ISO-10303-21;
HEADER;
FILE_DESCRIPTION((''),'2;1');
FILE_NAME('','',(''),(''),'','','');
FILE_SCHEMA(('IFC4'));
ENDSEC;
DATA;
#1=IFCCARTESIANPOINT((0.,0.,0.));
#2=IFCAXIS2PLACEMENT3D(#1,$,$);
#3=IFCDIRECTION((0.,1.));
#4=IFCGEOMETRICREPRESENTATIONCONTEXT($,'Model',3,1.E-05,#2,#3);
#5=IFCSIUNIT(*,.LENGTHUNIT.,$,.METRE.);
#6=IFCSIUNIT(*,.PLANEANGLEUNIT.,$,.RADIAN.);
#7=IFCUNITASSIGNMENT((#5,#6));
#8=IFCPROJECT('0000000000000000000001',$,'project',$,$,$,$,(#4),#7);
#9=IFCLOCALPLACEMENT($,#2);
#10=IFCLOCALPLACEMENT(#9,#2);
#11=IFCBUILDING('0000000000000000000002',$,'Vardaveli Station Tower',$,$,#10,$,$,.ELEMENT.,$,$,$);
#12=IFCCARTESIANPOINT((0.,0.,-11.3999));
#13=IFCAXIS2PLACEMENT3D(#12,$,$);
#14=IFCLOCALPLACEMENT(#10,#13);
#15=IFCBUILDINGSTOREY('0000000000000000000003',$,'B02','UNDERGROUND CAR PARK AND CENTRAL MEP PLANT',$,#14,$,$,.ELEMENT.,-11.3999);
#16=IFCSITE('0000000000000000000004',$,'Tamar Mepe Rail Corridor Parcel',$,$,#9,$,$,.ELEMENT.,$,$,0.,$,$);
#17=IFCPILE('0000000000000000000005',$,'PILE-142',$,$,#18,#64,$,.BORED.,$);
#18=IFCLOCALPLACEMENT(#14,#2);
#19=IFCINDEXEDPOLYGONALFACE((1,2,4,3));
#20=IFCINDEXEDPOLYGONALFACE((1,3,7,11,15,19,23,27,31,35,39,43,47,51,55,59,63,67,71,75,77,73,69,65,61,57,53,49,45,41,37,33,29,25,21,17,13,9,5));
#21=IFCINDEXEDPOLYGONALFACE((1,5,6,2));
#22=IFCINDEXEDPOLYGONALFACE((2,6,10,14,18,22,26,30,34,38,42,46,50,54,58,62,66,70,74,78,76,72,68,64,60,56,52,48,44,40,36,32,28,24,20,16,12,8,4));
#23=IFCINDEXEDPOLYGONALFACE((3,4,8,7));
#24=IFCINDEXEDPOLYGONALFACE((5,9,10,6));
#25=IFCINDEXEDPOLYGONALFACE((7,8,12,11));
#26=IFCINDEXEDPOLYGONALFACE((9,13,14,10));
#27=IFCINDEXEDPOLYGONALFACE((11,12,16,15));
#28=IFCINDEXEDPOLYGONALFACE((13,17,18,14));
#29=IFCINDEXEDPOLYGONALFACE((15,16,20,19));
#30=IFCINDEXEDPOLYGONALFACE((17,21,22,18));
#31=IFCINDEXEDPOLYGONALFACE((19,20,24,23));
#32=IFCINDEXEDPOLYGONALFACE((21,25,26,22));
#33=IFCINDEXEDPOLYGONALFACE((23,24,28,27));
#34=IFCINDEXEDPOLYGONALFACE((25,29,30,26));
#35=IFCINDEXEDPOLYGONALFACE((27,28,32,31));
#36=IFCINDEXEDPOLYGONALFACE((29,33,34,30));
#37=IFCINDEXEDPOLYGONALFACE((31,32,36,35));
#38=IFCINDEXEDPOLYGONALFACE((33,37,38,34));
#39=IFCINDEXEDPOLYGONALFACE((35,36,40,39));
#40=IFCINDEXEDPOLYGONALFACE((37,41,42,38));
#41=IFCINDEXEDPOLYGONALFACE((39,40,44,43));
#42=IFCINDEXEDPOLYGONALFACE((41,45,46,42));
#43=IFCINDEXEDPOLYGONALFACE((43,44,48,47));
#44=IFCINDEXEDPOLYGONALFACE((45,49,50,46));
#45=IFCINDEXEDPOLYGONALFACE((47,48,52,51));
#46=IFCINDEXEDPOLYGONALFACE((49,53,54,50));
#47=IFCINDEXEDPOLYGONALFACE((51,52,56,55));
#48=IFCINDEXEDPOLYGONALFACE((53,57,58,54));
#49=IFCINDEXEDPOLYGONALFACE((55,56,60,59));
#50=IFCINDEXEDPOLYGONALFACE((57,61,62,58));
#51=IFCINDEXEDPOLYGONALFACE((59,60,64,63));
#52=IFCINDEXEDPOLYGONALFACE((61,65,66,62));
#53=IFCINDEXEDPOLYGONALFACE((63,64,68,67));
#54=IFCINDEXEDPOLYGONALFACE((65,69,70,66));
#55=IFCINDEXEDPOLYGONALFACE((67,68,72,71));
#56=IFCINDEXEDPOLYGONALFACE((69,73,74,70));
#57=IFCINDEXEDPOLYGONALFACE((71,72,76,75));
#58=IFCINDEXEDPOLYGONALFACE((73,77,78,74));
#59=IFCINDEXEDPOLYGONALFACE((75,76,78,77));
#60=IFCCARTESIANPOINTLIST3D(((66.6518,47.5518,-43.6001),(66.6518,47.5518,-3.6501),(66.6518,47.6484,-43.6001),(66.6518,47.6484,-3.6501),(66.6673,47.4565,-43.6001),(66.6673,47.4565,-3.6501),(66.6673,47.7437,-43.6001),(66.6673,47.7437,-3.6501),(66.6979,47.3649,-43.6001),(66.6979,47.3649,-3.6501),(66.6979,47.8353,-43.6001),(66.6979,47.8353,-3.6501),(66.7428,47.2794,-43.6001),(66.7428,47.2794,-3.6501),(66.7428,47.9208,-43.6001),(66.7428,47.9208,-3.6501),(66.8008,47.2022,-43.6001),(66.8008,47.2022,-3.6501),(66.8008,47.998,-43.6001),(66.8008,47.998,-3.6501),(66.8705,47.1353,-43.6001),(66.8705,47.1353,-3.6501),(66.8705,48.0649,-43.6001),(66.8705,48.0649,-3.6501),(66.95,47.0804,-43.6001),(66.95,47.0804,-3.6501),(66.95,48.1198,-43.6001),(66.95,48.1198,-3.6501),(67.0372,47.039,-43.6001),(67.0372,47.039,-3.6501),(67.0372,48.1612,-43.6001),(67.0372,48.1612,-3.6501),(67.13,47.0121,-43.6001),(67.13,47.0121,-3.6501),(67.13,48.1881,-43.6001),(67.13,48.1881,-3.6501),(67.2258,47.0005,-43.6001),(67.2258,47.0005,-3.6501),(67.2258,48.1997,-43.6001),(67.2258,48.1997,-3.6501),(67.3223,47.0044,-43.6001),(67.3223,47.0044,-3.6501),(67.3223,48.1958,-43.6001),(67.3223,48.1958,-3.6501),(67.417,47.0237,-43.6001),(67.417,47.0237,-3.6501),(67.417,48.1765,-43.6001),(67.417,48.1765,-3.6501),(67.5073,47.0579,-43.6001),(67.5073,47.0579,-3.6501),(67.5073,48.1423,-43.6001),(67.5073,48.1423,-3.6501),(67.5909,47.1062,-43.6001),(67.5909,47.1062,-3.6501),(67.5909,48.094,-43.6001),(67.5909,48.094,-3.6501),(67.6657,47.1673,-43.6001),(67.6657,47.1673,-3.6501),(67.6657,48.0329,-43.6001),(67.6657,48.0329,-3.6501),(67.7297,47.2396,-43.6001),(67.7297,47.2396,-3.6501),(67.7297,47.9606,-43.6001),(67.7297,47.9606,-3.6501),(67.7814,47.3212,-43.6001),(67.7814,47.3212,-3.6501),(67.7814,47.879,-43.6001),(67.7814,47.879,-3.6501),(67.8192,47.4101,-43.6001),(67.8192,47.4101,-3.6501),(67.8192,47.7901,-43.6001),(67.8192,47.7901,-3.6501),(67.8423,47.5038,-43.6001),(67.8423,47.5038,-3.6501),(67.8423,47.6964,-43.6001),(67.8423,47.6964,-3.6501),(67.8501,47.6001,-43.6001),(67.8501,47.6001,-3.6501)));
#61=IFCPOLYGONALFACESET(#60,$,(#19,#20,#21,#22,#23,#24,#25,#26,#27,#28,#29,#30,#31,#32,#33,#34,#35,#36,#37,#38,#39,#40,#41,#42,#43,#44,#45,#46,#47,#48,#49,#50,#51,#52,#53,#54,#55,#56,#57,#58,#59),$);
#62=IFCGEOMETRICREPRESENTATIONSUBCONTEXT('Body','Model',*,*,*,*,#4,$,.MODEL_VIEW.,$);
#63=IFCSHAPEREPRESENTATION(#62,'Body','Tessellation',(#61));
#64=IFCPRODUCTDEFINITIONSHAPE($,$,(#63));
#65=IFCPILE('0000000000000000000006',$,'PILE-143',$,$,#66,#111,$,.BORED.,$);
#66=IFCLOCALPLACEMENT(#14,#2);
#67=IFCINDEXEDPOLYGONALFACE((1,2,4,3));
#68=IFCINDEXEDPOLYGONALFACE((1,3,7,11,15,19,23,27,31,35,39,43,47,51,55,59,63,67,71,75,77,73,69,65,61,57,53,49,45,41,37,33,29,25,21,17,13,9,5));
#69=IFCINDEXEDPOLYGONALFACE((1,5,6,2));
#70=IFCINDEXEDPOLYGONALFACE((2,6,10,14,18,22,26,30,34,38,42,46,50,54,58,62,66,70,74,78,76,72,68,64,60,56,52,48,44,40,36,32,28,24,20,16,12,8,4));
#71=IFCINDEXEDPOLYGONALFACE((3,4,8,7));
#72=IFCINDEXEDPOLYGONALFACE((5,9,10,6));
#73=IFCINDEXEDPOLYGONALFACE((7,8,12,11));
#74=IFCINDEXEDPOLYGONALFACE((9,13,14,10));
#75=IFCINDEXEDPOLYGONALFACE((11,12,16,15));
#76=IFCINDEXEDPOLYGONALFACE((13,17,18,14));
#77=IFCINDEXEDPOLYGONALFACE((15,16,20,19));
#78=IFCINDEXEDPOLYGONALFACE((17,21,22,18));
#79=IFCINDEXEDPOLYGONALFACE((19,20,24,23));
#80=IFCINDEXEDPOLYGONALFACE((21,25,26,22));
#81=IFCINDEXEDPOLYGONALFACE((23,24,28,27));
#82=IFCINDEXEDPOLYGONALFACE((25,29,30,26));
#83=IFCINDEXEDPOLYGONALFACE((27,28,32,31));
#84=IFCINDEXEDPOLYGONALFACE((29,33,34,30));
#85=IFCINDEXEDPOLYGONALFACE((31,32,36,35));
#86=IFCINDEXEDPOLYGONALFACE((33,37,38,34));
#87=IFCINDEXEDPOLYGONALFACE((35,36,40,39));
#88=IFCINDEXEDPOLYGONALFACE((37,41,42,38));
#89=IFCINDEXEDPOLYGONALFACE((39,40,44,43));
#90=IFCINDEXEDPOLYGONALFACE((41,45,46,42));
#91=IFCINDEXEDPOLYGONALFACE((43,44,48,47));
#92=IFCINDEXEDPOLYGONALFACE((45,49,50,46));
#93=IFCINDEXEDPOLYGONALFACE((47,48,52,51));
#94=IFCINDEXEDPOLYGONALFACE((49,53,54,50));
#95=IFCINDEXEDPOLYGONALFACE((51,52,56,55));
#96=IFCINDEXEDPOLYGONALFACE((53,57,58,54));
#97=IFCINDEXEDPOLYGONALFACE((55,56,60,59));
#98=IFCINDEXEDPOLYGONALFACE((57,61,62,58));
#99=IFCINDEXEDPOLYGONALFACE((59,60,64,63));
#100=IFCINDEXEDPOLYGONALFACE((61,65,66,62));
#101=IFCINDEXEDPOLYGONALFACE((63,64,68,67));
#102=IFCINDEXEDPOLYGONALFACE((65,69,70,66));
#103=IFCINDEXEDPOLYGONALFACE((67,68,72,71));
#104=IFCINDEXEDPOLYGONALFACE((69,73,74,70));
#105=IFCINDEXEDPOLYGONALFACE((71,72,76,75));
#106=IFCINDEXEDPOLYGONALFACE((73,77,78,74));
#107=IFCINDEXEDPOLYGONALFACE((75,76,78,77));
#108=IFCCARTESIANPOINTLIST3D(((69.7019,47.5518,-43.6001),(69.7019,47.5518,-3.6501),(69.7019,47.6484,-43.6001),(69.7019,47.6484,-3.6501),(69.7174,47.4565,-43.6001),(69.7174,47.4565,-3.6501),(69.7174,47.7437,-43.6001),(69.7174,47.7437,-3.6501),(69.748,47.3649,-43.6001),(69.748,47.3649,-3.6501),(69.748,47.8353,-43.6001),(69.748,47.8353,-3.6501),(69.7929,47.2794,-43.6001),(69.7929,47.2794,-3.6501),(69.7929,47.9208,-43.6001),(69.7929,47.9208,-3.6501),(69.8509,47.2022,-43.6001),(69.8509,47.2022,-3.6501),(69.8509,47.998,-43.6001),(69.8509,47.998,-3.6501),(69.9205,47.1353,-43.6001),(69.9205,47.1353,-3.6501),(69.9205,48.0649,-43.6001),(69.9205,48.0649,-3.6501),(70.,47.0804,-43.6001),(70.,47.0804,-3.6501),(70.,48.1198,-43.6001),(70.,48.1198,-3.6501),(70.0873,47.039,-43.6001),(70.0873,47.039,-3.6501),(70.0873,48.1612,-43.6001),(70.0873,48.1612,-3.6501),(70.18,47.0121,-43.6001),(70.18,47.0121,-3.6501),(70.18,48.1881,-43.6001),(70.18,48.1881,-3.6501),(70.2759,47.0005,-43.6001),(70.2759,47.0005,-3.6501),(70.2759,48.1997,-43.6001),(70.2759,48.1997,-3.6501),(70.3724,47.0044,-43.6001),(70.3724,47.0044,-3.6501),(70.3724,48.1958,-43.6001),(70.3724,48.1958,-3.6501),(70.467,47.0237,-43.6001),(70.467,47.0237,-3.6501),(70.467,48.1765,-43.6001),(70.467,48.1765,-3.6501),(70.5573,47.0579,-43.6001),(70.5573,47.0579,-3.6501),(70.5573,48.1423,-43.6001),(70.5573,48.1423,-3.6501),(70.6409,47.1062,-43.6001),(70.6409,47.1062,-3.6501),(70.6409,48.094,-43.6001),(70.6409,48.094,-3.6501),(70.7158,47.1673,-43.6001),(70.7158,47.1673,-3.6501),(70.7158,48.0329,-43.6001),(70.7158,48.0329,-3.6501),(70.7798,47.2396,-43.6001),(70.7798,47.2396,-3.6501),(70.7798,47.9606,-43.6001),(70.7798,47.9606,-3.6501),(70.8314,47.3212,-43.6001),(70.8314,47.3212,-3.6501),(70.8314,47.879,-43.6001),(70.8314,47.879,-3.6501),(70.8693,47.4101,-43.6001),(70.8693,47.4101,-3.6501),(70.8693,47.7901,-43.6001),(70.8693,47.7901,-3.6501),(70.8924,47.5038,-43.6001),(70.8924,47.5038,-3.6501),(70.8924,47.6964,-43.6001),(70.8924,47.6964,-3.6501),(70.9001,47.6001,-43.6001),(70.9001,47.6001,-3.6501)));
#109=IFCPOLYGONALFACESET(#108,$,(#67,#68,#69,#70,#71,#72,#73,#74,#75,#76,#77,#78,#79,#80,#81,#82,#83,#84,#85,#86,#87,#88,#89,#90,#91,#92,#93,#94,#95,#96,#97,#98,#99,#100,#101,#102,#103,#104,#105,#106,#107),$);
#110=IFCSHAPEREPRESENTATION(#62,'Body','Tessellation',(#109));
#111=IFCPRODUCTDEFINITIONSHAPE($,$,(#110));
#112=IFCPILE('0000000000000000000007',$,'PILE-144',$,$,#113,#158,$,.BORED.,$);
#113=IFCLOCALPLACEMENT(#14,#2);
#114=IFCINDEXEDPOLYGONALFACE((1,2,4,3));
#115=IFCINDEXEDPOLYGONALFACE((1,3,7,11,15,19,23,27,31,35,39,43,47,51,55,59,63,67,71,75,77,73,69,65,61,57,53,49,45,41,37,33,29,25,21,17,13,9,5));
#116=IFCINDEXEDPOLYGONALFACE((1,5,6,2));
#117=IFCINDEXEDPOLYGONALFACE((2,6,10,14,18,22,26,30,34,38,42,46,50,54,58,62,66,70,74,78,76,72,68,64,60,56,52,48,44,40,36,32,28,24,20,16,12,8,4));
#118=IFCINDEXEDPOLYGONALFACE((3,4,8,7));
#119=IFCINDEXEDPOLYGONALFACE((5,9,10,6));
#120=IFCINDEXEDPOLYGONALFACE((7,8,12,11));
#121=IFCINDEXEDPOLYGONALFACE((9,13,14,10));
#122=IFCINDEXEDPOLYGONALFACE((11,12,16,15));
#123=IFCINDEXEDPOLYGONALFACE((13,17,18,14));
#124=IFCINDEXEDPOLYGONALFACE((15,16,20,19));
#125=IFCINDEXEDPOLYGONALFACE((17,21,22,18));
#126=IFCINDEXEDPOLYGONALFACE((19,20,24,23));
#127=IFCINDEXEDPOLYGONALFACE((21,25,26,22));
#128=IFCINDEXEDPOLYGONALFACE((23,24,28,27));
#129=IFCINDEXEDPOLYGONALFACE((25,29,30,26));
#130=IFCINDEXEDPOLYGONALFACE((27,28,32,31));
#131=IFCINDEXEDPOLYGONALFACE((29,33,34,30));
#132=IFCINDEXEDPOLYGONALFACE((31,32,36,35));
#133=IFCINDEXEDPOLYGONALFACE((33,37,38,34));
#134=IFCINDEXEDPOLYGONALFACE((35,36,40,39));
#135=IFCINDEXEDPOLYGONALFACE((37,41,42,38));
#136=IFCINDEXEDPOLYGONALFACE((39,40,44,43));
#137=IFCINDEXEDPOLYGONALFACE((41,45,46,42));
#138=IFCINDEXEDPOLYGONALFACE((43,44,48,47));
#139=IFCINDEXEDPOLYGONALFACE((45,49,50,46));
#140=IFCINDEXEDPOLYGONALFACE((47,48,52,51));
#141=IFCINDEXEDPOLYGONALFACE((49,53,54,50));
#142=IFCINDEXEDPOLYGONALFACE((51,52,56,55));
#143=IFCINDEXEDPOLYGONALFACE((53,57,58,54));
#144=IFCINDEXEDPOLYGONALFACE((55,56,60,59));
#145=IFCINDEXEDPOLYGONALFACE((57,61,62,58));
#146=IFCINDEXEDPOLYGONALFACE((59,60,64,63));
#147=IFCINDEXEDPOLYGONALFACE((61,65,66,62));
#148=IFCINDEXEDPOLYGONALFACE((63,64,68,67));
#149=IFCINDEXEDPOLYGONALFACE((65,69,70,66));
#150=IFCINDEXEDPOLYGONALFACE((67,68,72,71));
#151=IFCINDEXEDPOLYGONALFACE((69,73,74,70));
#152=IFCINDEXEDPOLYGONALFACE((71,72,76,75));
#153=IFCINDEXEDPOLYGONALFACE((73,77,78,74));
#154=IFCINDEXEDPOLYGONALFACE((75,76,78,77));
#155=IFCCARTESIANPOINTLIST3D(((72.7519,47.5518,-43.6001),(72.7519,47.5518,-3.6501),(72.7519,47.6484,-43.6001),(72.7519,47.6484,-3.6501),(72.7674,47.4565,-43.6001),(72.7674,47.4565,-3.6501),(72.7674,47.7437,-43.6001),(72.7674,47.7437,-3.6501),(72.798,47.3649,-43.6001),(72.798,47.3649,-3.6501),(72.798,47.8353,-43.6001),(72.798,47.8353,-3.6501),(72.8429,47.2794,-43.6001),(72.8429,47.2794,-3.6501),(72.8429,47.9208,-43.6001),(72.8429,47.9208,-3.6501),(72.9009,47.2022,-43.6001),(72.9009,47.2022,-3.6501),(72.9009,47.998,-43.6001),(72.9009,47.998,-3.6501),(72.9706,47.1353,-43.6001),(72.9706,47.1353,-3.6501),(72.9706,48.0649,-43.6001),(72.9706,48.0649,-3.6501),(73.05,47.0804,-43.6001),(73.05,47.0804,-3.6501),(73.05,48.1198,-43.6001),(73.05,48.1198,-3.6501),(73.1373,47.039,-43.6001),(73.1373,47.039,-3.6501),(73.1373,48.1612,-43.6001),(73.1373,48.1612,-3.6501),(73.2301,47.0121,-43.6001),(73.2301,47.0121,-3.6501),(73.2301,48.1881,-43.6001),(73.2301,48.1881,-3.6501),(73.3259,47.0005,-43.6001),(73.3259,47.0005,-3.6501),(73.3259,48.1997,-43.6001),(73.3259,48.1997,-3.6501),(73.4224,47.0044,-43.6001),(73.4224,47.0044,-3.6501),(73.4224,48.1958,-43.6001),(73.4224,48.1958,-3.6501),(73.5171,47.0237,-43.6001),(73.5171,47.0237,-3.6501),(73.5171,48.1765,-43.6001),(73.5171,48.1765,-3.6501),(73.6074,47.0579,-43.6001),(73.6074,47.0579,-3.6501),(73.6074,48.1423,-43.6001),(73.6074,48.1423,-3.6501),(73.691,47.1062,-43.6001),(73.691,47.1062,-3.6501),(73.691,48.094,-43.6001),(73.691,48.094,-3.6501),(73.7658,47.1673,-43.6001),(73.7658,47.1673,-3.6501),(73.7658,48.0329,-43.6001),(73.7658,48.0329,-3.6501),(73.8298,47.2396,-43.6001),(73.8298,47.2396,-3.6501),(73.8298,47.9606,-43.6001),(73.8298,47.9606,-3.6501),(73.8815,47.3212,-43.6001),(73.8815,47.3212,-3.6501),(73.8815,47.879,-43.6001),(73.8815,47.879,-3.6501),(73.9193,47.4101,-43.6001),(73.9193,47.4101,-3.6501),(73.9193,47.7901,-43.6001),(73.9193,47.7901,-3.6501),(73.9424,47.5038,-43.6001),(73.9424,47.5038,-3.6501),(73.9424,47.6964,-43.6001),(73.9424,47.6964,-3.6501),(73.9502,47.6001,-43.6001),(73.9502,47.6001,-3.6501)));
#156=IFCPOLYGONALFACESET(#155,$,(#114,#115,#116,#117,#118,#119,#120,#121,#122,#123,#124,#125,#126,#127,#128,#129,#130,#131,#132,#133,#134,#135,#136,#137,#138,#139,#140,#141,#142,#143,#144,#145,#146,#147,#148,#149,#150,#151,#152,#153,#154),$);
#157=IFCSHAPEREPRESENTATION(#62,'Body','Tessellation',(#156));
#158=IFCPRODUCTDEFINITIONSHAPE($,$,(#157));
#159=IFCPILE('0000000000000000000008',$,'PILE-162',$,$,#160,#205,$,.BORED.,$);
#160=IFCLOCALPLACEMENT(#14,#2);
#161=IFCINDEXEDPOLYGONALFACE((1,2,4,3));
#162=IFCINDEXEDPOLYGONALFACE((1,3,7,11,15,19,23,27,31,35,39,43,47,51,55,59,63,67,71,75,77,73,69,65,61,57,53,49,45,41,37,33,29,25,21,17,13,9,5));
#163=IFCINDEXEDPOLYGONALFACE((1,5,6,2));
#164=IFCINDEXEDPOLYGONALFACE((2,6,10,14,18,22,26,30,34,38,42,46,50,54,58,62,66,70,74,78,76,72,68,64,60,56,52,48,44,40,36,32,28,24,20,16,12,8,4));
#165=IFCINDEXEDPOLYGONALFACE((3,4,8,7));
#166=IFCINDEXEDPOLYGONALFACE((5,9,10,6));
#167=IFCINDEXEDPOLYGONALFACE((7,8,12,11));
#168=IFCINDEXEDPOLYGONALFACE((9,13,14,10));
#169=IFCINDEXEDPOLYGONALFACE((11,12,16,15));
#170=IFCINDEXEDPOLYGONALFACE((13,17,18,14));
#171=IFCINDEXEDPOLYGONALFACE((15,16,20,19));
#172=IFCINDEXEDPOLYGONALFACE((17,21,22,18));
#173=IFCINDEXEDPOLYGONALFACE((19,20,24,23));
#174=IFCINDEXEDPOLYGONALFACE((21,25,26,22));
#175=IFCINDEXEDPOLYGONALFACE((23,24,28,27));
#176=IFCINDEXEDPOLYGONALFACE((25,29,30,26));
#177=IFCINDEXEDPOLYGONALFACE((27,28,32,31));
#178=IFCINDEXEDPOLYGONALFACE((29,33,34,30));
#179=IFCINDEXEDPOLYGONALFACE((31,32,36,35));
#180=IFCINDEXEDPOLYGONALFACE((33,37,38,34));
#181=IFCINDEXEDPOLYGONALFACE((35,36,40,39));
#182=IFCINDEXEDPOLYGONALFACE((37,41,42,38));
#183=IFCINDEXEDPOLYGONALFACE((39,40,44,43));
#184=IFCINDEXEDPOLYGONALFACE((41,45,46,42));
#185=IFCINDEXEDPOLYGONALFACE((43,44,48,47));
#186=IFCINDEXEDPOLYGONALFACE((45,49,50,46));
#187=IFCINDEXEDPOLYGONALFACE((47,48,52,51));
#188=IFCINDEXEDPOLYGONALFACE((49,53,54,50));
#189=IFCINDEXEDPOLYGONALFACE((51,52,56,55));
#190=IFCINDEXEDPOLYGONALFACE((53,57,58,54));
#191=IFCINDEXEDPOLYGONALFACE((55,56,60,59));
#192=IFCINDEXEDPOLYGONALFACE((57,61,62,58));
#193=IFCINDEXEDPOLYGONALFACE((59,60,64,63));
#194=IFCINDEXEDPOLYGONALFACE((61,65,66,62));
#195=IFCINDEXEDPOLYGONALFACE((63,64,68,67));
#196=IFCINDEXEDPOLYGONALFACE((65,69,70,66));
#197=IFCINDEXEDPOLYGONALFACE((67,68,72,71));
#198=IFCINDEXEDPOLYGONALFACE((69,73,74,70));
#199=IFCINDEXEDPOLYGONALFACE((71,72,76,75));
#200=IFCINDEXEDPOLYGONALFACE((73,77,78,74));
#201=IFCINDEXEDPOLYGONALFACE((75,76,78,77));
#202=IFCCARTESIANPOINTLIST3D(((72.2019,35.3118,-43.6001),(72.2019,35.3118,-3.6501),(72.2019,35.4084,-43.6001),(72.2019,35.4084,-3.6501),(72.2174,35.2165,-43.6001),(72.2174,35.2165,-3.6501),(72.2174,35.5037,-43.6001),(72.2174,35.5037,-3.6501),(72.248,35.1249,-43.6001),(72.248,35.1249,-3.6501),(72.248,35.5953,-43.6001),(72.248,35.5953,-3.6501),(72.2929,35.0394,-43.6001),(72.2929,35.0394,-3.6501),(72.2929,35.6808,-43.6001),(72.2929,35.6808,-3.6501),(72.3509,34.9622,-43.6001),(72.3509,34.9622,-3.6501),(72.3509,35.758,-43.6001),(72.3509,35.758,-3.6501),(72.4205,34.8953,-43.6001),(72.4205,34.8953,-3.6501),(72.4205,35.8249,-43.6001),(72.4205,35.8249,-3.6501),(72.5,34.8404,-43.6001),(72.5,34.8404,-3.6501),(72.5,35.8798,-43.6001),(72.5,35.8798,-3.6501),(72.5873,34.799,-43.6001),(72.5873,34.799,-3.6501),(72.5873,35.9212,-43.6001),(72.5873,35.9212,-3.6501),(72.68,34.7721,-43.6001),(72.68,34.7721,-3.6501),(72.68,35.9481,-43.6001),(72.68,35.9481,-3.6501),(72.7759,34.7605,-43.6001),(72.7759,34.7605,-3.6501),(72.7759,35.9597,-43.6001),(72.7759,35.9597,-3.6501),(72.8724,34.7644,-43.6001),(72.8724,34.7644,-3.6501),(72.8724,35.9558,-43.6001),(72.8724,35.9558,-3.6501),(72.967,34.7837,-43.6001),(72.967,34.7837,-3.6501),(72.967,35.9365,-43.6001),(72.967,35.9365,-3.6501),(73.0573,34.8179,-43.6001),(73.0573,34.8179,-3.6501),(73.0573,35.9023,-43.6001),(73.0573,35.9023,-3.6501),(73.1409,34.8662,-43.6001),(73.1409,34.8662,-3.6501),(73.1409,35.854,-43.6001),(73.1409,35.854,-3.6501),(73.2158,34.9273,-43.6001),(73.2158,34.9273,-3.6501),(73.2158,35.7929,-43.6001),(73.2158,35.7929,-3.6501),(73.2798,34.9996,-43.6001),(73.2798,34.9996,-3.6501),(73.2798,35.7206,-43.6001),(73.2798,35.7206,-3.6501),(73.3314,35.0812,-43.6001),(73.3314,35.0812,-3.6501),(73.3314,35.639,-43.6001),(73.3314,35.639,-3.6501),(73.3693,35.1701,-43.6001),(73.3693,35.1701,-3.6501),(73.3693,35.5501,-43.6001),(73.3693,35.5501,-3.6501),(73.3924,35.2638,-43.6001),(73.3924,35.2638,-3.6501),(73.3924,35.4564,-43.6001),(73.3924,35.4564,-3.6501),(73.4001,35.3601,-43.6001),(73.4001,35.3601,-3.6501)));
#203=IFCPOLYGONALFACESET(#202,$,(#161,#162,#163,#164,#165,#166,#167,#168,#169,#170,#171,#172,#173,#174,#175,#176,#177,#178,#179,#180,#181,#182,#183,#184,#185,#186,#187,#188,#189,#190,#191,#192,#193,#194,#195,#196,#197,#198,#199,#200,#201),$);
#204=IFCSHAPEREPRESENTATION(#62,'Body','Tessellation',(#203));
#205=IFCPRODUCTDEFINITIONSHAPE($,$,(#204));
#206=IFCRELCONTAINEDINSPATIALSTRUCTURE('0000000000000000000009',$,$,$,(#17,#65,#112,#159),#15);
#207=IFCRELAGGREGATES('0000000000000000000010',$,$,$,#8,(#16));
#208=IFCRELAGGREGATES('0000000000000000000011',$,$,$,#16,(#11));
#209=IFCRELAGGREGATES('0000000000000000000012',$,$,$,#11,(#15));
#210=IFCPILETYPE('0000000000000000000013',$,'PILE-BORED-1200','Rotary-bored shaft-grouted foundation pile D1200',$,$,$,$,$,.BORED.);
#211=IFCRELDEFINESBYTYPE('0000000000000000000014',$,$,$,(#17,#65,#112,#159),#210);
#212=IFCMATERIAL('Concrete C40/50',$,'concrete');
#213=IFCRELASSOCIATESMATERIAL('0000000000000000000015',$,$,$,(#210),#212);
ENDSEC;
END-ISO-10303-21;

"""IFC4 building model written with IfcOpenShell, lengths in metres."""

from ifc_helpers import new_model, si_unit, direction, frame, origin, origin_2d, place, context, subcontext, project, spatial, circle, extrude, source, transform, mapped, material, material_profile, profile_set, type_object, element, save


model = new_model("IFC4")

# Units and contexts
model_context = context("Model", 3, precision=1e-05, world=origin(), true_north=direction((0.0, 1.0)))
body_context = subcontext(model_context, "Body", "Model", "MODEL_VIEW")
ifc_project = project(units=[si_unit("LENGTHUNIT", "METRE"), si_unit("PLANEANGLEUNIT", "RADIAN")], contexts=[model_context])

# Site, building, storey
site_placement = place(None, origin())
site = spatial("IfcSite", under=ifc_project, at=site_placement, Name="Tamar Mepe Rail Corridor Parcel", CompositionType="ELEMENT", RefElevation=0.0)
building_placement = place(site_placement, origin())
building = spatial("IfcBuilding", under=site, at=building_placement, Name="Vardaveli Station Tower", CompositionType="ELEMENT")
storey_placement = place(building_placement, frame((0.0, 0.0, -11.3999)))
storey = spatial("IfcBuildingStorey", under=building, at=storey_placement, Name="B02", Description="UNDERGROUND CAR PARK AND CENTRAL MEP PLANT", CompositionType="ELEMENT", Elevation=-11.3999)

# Piles
ifc_material_1 = material(Name="Concrete C40/50", Category="concrete")
ifc_material_profile_1 = material_profile(ifc_material_1, circle(Radius=0.6001, at=origin_2d()), Name="PILE D1200")
ifc_profile_set_1 = profile_set([ifc_material_profile_1], Name="Concrete C40/50")
pile_type = type_object("IfcPileType", Name="PILE-BORED-1200", Description="Rotary-bored shaft-grouted foundation pile D1200", PredefinedType="BORED", material=ifc_profile_set_1)
shared_shape_1 = source(origin(), body_context, "Body", "SweptSolid", [
    extrude(circle(Radius=0.6001, at=origin_2d()), origin(), (0.0, 0.0, 1.0), 39.95),
])
for number, where, z_axis, x_axis, name in (
    (1, (67.25, 47.6001, -3.6501), (0.0, 0.0, -1.0), (1.0, 0.0, 0.0), "PILE-142"),
    (2, (70.3, 47.6001, -3.6501), (0.0, 0.0, -1.0), (1.0, 0.0, 0.0), "PILE-143"),
    (3, (73.3501, 47.6001, -3.6501), (0.0, 0.0, -1.0), (1.0, 0.0, 0.0), "PILE-144"),
    (4, (72.8, 35.3601, -3.6501), (0.0, 0.0, -1.0), (1.0, 0.0, 0.0), "PILE-162"),
):
    element("IfcPile", number, at=place(storey_placement, frame(where, z_axis=z_axis, x_axis=x_axis)), inside=storey, type_object=pile_type, Name=name, PredefinedType="BORED", context=body_context, shape_type="MappedRepresentation", body=[
        mapped(shared_shape_1, transform((0.0, 0.0, 0.0), scale=1.0)),
    ])

save(model, "model.ifc")
